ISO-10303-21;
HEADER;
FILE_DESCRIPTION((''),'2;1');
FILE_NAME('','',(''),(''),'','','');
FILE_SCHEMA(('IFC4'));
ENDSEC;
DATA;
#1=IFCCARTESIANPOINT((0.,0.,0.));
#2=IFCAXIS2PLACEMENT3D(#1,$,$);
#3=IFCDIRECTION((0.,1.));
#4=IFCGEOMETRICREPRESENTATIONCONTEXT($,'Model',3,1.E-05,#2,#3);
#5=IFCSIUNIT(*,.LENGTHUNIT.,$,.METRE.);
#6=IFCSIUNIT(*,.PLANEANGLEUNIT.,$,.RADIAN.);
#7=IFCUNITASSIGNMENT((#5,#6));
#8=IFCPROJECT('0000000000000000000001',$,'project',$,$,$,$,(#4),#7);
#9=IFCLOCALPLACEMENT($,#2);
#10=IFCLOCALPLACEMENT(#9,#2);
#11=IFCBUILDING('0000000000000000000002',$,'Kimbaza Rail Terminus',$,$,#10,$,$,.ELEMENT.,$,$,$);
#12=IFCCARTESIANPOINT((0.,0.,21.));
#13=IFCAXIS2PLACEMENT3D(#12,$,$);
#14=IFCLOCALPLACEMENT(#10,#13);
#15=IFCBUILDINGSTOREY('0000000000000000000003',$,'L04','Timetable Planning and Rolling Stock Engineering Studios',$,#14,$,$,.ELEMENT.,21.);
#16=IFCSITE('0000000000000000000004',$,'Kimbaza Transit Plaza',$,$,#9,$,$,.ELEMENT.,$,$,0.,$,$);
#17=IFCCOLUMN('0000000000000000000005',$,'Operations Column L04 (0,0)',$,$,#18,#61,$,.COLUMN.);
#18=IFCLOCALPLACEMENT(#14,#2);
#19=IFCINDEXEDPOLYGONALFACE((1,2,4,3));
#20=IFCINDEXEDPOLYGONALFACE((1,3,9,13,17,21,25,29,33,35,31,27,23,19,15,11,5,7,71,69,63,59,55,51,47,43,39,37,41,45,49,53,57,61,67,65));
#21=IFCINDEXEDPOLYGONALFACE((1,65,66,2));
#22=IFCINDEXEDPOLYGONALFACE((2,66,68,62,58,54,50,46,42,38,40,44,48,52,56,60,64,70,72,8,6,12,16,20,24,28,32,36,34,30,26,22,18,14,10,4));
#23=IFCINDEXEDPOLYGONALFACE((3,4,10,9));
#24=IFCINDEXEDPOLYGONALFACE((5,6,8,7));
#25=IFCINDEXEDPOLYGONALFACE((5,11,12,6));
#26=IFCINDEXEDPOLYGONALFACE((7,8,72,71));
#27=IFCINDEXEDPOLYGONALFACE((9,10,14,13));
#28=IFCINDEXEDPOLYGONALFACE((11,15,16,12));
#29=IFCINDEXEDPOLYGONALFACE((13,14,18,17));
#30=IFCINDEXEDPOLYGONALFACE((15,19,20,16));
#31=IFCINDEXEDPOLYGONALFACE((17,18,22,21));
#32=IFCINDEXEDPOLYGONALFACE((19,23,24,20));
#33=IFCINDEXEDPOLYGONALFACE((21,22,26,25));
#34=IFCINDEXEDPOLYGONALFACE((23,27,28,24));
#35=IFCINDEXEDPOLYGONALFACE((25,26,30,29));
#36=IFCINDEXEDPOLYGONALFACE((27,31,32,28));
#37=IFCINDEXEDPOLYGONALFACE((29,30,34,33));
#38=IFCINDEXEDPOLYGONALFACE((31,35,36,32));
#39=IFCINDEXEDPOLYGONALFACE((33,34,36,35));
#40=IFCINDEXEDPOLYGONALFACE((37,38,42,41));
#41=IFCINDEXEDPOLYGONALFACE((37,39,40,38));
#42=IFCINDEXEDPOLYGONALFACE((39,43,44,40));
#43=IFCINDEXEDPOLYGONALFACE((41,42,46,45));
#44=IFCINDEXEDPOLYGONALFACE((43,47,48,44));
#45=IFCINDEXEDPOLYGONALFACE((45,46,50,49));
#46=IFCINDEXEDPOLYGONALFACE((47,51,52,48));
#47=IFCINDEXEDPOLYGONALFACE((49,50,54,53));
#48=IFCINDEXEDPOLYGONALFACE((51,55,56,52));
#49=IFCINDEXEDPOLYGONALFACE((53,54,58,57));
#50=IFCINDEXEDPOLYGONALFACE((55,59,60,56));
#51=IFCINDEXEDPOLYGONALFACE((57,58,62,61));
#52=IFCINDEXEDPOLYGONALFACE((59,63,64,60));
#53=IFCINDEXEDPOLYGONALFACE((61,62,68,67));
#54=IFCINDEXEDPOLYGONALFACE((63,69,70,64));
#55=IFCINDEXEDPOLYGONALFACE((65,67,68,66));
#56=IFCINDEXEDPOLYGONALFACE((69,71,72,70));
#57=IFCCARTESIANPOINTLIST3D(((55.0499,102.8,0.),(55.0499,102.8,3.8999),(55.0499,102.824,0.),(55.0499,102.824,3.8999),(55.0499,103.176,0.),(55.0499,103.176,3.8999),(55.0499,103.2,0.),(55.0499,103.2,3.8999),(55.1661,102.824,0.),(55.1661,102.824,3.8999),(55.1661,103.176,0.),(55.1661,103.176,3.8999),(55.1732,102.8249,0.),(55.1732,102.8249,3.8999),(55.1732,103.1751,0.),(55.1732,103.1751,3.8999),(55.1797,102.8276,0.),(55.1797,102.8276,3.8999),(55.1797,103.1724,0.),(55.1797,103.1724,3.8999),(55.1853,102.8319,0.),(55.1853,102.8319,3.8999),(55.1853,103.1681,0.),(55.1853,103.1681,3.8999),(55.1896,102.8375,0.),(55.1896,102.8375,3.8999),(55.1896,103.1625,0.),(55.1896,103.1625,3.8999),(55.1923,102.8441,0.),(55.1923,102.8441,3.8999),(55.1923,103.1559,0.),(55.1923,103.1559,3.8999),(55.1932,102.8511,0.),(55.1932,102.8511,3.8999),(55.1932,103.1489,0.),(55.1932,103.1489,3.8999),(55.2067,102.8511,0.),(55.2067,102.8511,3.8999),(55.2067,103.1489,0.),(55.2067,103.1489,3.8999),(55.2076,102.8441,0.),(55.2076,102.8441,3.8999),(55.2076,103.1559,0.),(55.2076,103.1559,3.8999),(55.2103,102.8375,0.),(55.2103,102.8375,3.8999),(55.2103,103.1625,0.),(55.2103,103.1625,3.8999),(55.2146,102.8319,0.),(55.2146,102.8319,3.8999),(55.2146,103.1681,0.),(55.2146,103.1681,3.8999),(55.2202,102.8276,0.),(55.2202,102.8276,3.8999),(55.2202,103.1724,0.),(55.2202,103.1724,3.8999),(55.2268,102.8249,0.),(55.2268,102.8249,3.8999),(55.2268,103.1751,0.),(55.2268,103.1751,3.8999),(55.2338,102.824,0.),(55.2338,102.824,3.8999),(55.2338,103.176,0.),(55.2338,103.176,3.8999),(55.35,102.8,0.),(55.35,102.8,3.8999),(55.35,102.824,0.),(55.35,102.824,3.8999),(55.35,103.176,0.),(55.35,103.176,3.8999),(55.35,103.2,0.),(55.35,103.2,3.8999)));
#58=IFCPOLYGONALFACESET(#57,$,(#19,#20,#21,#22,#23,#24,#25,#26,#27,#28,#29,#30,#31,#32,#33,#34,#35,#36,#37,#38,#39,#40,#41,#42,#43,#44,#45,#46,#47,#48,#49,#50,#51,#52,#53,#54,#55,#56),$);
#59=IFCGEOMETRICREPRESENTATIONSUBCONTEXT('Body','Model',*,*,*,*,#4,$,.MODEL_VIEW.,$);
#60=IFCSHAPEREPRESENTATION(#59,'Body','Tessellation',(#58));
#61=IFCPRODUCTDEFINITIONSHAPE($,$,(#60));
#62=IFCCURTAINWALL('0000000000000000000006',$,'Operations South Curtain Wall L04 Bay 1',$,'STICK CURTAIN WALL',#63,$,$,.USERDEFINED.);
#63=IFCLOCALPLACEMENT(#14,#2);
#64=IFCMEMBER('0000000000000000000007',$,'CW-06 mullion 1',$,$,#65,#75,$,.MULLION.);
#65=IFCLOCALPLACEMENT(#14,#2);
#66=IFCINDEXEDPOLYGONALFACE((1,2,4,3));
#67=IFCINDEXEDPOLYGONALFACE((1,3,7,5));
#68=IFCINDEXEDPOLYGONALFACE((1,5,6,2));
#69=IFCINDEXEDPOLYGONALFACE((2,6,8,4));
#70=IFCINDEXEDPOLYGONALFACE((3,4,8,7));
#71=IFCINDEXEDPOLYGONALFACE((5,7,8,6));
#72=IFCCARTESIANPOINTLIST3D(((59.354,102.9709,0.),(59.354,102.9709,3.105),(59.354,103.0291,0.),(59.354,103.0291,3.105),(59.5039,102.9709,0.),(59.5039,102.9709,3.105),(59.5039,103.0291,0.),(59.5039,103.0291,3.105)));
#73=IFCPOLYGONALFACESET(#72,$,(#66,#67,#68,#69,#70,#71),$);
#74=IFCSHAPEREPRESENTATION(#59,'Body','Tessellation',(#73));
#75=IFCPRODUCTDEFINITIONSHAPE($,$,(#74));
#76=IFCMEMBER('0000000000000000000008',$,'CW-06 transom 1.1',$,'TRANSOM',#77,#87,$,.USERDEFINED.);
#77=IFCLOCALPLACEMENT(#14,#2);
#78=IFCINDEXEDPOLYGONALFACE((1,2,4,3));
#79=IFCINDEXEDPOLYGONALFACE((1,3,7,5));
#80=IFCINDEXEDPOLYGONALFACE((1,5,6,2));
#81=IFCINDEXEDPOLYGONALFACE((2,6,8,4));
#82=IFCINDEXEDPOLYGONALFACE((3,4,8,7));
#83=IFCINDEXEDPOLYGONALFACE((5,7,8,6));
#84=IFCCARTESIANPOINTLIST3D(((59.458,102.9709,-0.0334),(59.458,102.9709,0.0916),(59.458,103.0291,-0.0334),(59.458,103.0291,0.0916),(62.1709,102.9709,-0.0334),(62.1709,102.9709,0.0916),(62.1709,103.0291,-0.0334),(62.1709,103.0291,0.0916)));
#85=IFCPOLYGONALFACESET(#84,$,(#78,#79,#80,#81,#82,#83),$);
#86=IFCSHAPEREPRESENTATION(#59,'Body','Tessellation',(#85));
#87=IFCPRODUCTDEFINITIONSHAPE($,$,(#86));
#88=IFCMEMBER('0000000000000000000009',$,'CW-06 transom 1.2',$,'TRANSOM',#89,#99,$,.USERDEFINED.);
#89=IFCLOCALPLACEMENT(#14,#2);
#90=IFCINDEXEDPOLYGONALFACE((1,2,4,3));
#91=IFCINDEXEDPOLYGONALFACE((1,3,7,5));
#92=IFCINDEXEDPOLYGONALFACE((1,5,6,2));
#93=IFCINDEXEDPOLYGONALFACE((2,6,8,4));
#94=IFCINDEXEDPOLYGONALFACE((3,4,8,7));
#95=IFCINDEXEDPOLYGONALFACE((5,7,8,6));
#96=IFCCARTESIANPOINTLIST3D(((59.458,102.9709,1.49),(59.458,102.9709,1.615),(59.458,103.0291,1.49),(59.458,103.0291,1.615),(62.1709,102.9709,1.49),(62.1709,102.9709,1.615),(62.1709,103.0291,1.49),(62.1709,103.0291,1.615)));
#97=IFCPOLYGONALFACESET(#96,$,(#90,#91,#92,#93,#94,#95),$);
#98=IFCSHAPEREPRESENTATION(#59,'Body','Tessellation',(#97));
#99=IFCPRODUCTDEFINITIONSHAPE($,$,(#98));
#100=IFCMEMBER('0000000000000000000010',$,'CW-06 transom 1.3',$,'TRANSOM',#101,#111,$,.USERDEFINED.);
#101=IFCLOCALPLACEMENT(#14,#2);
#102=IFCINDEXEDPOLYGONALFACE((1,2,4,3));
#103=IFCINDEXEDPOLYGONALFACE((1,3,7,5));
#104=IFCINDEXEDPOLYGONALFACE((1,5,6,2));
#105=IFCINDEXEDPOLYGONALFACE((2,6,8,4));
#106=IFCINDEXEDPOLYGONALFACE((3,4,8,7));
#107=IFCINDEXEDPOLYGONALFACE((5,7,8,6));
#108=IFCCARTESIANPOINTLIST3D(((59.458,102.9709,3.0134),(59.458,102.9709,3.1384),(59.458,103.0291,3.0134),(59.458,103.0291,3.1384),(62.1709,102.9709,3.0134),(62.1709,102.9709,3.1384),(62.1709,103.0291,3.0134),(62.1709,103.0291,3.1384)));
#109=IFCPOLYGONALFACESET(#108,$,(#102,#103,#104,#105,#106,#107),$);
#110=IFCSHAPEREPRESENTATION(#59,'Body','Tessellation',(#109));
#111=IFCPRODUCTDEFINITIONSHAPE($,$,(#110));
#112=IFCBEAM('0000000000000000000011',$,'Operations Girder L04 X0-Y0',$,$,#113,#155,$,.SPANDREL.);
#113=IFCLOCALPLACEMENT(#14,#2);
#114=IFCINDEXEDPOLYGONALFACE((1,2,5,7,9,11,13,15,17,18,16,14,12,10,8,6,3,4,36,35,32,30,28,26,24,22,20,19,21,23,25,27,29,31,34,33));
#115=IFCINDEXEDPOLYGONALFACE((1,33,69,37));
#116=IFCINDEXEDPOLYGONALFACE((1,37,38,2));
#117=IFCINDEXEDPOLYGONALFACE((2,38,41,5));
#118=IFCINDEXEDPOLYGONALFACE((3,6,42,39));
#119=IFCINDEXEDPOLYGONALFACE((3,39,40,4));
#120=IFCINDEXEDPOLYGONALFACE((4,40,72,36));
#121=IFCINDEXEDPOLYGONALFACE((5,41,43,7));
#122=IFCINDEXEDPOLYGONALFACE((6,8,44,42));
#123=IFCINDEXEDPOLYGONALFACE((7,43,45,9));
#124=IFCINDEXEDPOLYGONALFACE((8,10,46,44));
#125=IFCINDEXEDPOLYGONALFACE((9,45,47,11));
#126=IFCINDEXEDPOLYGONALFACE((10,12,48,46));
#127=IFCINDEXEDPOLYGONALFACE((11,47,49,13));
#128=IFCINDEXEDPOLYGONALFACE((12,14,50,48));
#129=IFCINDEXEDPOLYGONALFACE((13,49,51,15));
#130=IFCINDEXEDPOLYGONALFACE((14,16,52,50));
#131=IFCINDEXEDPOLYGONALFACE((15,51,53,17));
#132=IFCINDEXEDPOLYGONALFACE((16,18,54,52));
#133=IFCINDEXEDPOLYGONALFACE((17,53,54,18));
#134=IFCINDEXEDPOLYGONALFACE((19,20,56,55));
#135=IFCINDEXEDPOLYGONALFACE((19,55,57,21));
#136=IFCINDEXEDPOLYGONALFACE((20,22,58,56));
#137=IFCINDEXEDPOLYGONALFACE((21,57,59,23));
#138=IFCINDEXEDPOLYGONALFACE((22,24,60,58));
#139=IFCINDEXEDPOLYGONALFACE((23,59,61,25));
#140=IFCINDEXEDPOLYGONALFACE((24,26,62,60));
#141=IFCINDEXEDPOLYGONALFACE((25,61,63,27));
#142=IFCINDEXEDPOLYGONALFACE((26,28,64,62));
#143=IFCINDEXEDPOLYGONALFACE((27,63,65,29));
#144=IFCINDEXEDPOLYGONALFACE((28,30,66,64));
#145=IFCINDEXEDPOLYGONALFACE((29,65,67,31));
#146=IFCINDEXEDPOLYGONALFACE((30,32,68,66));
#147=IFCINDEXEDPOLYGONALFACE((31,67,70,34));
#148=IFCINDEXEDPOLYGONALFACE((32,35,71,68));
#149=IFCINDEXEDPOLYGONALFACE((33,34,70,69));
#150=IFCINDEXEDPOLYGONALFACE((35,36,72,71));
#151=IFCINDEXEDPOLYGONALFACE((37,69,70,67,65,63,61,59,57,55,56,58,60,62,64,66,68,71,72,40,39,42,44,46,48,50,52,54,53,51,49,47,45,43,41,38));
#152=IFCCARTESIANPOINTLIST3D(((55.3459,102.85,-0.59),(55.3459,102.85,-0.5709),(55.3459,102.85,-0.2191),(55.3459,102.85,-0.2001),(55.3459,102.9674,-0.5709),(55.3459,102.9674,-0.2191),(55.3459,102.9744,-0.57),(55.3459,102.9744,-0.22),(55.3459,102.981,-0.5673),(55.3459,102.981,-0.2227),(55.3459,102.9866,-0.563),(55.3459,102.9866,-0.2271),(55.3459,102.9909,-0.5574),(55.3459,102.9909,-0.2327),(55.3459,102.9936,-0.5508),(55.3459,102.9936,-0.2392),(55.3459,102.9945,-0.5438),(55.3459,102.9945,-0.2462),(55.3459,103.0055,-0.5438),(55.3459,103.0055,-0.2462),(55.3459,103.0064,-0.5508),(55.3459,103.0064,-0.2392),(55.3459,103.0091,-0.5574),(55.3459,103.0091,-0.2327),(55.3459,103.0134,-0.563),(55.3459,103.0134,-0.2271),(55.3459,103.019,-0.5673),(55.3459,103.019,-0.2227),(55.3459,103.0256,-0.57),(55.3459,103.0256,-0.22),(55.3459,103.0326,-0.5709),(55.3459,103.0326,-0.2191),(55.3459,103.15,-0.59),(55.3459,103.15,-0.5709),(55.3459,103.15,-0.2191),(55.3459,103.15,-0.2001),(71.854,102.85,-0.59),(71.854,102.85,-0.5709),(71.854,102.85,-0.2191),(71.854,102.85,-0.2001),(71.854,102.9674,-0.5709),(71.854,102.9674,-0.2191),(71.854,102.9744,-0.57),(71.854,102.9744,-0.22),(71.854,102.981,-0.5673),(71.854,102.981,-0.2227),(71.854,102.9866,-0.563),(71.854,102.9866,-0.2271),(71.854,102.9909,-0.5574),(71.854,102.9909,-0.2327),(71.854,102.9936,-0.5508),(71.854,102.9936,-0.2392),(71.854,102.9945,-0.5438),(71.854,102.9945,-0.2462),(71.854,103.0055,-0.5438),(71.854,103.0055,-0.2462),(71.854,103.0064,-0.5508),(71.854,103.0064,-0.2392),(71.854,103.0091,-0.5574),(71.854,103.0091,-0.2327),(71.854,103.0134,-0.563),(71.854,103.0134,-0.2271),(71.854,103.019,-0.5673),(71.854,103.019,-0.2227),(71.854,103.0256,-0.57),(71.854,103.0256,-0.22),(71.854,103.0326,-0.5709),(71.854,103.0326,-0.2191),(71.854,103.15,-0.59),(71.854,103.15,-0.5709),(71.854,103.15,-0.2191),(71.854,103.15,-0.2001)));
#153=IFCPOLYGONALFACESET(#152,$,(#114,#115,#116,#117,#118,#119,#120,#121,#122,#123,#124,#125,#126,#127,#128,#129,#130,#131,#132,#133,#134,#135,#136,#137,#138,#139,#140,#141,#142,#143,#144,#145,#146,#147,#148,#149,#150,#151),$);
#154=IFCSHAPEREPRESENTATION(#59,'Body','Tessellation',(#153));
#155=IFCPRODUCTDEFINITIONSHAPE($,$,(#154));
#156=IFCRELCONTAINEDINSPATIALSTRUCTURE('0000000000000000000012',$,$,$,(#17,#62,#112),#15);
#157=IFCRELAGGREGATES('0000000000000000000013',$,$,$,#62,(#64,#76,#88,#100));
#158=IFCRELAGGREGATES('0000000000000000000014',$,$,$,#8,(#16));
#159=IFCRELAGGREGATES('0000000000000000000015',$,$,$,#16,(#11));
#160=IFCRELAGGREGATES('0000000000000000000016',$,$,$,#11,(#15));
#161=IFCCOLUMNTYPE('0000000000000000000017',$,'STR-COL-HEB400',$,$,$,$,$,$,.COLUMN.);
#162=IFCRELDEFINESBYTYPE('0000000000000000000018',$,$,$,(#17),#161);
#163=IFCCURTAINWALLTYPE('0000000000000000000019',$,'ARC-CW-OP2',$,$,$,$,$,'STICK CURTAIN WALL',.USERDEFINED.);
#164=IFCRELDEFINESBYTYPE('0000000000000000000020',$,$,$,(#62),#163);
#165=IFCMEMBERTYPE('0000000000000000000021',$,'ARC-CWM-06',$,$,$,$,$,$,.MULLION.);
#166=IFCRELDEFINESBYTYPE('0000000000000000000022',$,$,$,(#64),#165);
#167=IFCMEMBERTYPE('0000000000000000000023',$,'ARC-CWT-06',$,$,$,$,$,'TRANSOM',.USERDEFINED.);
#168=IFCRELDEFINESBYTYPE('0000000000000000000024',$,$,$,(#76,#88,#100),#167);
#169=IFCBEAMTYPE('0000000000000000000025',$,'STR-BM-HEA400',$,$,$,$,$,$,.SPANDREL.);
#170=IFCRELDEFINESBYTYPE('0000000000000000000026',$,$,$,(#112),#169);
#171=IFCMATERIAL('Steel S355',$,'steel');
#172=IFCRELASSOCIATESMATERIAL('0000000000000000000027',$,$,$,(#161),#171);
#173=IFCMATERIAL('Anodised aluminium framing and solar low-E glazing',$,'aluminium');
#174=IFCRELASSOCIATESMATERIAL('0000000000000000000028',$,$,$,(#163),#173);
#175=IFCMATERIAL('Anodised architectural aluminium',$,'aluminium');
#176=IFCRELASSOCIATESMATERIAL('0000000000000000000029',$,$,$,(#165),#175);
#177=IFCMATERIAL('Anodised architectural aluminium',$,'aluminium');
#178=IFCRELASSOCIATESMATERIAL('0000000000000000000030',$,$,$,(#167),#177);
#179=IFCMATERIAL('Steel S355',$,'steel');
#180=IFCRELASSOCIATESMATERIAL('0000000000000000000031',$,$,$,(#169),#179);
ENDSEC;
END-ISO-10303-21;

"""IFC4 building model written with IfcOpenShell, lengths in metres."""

from ifc_helpers import new_model, si_unit, direction, frame, origin, origin_2d, place, context, subcontext, project, spatial, rectangle, i_section, extrude, material, material_profile, profile_set, type_object, element, aggregate, save


model = new_model("IFC4")

# Units and contexts
model_context = context("Model", 3, precision=1e-05, world=origin(), true_north=direction((0.0, 1.0)))
body_context = subcontext(model_context, "Body", "Model", "MODEL_VIEW")
ifc_project = project(units=[si_unit("LENGTHUNIT", "METRE"), si_unit("PLANEANGLEUNIT", "RADIAN")], contexts=[model_context])

# Site, building, storey
site_placement = place(None, origin())
site = spatial("IfcSite", under=ifc_project, at=site_placement, Name="Kimbaza Transit Plaza", CompositionType="ELEMENT", RefElevation=0.0)
building_placement = place(site_placement, origin())
building = spatial("IfcBuilding", under=site, at=building_placement, Name="Kimbaza Rail Terminus", CompositionType="ELEMENT")
storey_placement = place(building_placement, frame((0.0, 0.0, 21.0)))
storey = spatial("IfcBuildingStorey", under=building, at=storey_placement, Name="L04", Description="Timetable Planning and Rolling Stock Engineering Studios", CompositionType="ELEMENT", Elevation=21.0)

# Column
ifc_material_1 = material(Name="Steel S355", Category="steel")
ifc_material_profile_1 = material_profile(ifc_material_1, i_section(OverallWidth=0.3, OverallDepth=0.3999, WebThickness=0.0134, FlangeThickness=0.0239, FilletRadius=0.0271, at=origin_2d()), Name="HEB 400")
ifc_profile_set_1 = profile_set([ifc_material_profile_1], Name="Steel S355")
column_type = type_object("IfcColumnType", Name="STR-COL-HEB400", PredefinedType="COLUMN", material=ifc_profile_set_1)
column_placement = place(storey_placement, frame((55.2, 103.0, 0.0), z_axis=(0.0, 0.0, 1.0), x_axis=(1.0, 0.0, 0.0)))
element("IfcColumn", 1, at=column_placement, inside=storey, type_object=column_type, Name="Operations Column L04 (0,0)", PredefinedType="COLUMN", context=body_context, shape_type="SweptSolid", body=[
    extrude(i_section(OverallWidth=0.3, OverallDepth=0.3999, WebThickness=0.0134, FlangeThickness=0.0239, FilletRadius=0.0271, at=origin_2d()), origin(), (0.0, 0.0, 1.0), 3.8999),
])

# Curtain wall, members
ifc_material_2 = material(Name="Anodised aluminium framing and solar low-E glazing", Category="aluminium")
curtain_wall_type = type_object("IfcCurtainWallType", Name="ARC-CW-OP2", ElementType="STICK CURTAIN WALL", PredefinedType="USERDEFINED", material=ifc_material_2)
curtain_wall_placement = place(storey_placement, origin())
curtain_wall = element("IfcCurtainWall", 2, at=curtain_wall_placement, inside=storey, type_object=curtain_wall_type, Name="Operations South Curtain Wall L04 Bay 1", ObjectType="STICK CURTAIN WALL", PredefinedType="USERDEFINED")
ifc_material_3 = material(Name="Anodised architectural aluminium", Category="aluminium")
ifc_material_profile_2 = material_profile(ifc_material_3, rectangle(XDim=0.0581, YDim=0.1499, at=origin_2d()), Name="MULLION 58x150")
ifc_profile_set_2 = profile_set([ifc_material_profile_2], Name="Anodised architectural aluminium")
member_type_1 = type_object("IfcMemberType", Name="ARC-CWM-06", PredefinedType="MULLION", material=ifc_profile_set_2)
member_1_placement = place(storey_placement, frame((59.429, 103.0, 0.0), z_axis=(0.0, 0.0, 1.0), x_axis=(0.0, 1.0, 0.0)))
member_1 = element("IfcMember", 3, at=member_1_placement, type_object=member_type_1, Name="CW-06 mullion 1", PredefinedType="MULLION", context=body_context, shape_type="SweptSolid", body=[
    extrude(rectangle(XDim=0.0581, YDim=0.1499, at=origin_2d()), origin(), (0.0, 0.0, 1.0), 3.105),
])
ifc_material_4 = material(Name="Anodised architectural aluminium", Category="aluminium")
ifc_material_profile_3 = material_profile(ifc_material_4, rectangle(XDim=0.0581, YDim=0.125, at=origin_2d()), Name="TRANSOM 58x125")
ifc_profile_set_3 = profile_set([ifc_material_profile_3], Name="Anodised architectural aluminium")
member_type_2 = type_object("IfcMemberType", Name="ARC-CWT-06", ElementType="TRANSOM", PredefinedType="USERDEFINED", material=ifc_profile_set_3)
member_2_placement = place(storey_placement, frame((59.458, 103.0, 0.0291), z_axis=(1.0, 0.0, 0.0), x_axis=(0.0, 1.0, 0.0)))
member_2 = element("IfcMember", 4, at=member_2_placement, type_object=member_type_2, Name="CW-06 transom 1.1", ObjectType="TRANSOM", PredefinedType="USERDEFINED", context=body_context, shape_type="SweptSolid", body=[
    extrude(rectangle(XDim=0.0581, YDim=0.125, at=origin_2d()), origin(), (0.0, 0.0, 1.0), 2.7129),
])
member_3_placement = place(storey_placement, frame((59.458, 103.0, 1.5525), z_axis=(1.0, 0.0, 0.0), x_axis=(0.0, 1.0, 0.0)))
member_3 = element("IfcMember", 5, at=member_3_placement, type_object=member_type_2, Name="CW-06 transom 1.2", ObjectType="TRANSOM", PredefinedType="USERDEFINED", context=body_context, shape_type="SweptSolid", body=[
    extrude(rectangle(XDim=0.0581, YDim=0.125, at=origin_2d()), origin(), (0.0, 0.0, 1.0), 2.7129),
])
member_4_placement = place(storey_placement, frame((59.458, 103.0, 3.0759), z_axis=(1.0, 0.0, 0.0), x_axis=(0.0, 1.0, 0.0)))
member_4 = element("IfcMember", 6, at=member_4_placement, type_object=member_type_2, Name="CW-06 transom 1.3", ObjectType="TRANSOM", PredefinedType="USERDEFINED", context=body_context, shape_type="SweptSolid", body=[
    extrude(rectangle(XDim=0.0581, YDim=0.125, at=origin_2d()), origin(), (0.0, 0.0, 1.0), 2.7129),
])

# Beam
ifc_material_5 = material(Name="Steel S355", Category="steel")
ifc_material_profile_4 = material_profile(ifc_material_5, i_section(OverallWidth=0.3, OverallDepth=0.3899, WebThickness=0.011, FlangeThickness=0.019, FilletRadius=0.0271, at=origin_2d()), Name="HEA 400")
ifc_profile_set_4 = profile_set([ifc_material_profile_4], Name="Steel S355")
beam_type_1 = type_object("IfcBeamType", Name="STR-BM-HEA400", PredefinedType="SPANDREL", material=ifc_profile_set_4)
beam_1_placement = place(storey_placement, frame((55.3459, 103.0, -0.395), z_axis=(1.0, 0.0, 0.0), x_axis=(0.0, 1.0, 0.0)))
element("IfcBeam", 7, at=beam_1_placement, inside=storey, type_object=beam_type_1, Name="Operations Girder L04 X0-Y0", PredefinedType="SPANDREL", context=body_context, shape_type="SweptSolid", body=[
    extrude(i_section(OverallWidth=0.3, OverallDepth=0.3899, WebThickness=0.011, FlangeThickness=0.019, FilletRadius=0.0271, at=origin_2d()), origin(), (0.0, 0.0, 1.0), 16.5081),
])

aggregate(curtain_wall, [member_1, member_2, member_3, member_4])

save(model, "model.ifc")
